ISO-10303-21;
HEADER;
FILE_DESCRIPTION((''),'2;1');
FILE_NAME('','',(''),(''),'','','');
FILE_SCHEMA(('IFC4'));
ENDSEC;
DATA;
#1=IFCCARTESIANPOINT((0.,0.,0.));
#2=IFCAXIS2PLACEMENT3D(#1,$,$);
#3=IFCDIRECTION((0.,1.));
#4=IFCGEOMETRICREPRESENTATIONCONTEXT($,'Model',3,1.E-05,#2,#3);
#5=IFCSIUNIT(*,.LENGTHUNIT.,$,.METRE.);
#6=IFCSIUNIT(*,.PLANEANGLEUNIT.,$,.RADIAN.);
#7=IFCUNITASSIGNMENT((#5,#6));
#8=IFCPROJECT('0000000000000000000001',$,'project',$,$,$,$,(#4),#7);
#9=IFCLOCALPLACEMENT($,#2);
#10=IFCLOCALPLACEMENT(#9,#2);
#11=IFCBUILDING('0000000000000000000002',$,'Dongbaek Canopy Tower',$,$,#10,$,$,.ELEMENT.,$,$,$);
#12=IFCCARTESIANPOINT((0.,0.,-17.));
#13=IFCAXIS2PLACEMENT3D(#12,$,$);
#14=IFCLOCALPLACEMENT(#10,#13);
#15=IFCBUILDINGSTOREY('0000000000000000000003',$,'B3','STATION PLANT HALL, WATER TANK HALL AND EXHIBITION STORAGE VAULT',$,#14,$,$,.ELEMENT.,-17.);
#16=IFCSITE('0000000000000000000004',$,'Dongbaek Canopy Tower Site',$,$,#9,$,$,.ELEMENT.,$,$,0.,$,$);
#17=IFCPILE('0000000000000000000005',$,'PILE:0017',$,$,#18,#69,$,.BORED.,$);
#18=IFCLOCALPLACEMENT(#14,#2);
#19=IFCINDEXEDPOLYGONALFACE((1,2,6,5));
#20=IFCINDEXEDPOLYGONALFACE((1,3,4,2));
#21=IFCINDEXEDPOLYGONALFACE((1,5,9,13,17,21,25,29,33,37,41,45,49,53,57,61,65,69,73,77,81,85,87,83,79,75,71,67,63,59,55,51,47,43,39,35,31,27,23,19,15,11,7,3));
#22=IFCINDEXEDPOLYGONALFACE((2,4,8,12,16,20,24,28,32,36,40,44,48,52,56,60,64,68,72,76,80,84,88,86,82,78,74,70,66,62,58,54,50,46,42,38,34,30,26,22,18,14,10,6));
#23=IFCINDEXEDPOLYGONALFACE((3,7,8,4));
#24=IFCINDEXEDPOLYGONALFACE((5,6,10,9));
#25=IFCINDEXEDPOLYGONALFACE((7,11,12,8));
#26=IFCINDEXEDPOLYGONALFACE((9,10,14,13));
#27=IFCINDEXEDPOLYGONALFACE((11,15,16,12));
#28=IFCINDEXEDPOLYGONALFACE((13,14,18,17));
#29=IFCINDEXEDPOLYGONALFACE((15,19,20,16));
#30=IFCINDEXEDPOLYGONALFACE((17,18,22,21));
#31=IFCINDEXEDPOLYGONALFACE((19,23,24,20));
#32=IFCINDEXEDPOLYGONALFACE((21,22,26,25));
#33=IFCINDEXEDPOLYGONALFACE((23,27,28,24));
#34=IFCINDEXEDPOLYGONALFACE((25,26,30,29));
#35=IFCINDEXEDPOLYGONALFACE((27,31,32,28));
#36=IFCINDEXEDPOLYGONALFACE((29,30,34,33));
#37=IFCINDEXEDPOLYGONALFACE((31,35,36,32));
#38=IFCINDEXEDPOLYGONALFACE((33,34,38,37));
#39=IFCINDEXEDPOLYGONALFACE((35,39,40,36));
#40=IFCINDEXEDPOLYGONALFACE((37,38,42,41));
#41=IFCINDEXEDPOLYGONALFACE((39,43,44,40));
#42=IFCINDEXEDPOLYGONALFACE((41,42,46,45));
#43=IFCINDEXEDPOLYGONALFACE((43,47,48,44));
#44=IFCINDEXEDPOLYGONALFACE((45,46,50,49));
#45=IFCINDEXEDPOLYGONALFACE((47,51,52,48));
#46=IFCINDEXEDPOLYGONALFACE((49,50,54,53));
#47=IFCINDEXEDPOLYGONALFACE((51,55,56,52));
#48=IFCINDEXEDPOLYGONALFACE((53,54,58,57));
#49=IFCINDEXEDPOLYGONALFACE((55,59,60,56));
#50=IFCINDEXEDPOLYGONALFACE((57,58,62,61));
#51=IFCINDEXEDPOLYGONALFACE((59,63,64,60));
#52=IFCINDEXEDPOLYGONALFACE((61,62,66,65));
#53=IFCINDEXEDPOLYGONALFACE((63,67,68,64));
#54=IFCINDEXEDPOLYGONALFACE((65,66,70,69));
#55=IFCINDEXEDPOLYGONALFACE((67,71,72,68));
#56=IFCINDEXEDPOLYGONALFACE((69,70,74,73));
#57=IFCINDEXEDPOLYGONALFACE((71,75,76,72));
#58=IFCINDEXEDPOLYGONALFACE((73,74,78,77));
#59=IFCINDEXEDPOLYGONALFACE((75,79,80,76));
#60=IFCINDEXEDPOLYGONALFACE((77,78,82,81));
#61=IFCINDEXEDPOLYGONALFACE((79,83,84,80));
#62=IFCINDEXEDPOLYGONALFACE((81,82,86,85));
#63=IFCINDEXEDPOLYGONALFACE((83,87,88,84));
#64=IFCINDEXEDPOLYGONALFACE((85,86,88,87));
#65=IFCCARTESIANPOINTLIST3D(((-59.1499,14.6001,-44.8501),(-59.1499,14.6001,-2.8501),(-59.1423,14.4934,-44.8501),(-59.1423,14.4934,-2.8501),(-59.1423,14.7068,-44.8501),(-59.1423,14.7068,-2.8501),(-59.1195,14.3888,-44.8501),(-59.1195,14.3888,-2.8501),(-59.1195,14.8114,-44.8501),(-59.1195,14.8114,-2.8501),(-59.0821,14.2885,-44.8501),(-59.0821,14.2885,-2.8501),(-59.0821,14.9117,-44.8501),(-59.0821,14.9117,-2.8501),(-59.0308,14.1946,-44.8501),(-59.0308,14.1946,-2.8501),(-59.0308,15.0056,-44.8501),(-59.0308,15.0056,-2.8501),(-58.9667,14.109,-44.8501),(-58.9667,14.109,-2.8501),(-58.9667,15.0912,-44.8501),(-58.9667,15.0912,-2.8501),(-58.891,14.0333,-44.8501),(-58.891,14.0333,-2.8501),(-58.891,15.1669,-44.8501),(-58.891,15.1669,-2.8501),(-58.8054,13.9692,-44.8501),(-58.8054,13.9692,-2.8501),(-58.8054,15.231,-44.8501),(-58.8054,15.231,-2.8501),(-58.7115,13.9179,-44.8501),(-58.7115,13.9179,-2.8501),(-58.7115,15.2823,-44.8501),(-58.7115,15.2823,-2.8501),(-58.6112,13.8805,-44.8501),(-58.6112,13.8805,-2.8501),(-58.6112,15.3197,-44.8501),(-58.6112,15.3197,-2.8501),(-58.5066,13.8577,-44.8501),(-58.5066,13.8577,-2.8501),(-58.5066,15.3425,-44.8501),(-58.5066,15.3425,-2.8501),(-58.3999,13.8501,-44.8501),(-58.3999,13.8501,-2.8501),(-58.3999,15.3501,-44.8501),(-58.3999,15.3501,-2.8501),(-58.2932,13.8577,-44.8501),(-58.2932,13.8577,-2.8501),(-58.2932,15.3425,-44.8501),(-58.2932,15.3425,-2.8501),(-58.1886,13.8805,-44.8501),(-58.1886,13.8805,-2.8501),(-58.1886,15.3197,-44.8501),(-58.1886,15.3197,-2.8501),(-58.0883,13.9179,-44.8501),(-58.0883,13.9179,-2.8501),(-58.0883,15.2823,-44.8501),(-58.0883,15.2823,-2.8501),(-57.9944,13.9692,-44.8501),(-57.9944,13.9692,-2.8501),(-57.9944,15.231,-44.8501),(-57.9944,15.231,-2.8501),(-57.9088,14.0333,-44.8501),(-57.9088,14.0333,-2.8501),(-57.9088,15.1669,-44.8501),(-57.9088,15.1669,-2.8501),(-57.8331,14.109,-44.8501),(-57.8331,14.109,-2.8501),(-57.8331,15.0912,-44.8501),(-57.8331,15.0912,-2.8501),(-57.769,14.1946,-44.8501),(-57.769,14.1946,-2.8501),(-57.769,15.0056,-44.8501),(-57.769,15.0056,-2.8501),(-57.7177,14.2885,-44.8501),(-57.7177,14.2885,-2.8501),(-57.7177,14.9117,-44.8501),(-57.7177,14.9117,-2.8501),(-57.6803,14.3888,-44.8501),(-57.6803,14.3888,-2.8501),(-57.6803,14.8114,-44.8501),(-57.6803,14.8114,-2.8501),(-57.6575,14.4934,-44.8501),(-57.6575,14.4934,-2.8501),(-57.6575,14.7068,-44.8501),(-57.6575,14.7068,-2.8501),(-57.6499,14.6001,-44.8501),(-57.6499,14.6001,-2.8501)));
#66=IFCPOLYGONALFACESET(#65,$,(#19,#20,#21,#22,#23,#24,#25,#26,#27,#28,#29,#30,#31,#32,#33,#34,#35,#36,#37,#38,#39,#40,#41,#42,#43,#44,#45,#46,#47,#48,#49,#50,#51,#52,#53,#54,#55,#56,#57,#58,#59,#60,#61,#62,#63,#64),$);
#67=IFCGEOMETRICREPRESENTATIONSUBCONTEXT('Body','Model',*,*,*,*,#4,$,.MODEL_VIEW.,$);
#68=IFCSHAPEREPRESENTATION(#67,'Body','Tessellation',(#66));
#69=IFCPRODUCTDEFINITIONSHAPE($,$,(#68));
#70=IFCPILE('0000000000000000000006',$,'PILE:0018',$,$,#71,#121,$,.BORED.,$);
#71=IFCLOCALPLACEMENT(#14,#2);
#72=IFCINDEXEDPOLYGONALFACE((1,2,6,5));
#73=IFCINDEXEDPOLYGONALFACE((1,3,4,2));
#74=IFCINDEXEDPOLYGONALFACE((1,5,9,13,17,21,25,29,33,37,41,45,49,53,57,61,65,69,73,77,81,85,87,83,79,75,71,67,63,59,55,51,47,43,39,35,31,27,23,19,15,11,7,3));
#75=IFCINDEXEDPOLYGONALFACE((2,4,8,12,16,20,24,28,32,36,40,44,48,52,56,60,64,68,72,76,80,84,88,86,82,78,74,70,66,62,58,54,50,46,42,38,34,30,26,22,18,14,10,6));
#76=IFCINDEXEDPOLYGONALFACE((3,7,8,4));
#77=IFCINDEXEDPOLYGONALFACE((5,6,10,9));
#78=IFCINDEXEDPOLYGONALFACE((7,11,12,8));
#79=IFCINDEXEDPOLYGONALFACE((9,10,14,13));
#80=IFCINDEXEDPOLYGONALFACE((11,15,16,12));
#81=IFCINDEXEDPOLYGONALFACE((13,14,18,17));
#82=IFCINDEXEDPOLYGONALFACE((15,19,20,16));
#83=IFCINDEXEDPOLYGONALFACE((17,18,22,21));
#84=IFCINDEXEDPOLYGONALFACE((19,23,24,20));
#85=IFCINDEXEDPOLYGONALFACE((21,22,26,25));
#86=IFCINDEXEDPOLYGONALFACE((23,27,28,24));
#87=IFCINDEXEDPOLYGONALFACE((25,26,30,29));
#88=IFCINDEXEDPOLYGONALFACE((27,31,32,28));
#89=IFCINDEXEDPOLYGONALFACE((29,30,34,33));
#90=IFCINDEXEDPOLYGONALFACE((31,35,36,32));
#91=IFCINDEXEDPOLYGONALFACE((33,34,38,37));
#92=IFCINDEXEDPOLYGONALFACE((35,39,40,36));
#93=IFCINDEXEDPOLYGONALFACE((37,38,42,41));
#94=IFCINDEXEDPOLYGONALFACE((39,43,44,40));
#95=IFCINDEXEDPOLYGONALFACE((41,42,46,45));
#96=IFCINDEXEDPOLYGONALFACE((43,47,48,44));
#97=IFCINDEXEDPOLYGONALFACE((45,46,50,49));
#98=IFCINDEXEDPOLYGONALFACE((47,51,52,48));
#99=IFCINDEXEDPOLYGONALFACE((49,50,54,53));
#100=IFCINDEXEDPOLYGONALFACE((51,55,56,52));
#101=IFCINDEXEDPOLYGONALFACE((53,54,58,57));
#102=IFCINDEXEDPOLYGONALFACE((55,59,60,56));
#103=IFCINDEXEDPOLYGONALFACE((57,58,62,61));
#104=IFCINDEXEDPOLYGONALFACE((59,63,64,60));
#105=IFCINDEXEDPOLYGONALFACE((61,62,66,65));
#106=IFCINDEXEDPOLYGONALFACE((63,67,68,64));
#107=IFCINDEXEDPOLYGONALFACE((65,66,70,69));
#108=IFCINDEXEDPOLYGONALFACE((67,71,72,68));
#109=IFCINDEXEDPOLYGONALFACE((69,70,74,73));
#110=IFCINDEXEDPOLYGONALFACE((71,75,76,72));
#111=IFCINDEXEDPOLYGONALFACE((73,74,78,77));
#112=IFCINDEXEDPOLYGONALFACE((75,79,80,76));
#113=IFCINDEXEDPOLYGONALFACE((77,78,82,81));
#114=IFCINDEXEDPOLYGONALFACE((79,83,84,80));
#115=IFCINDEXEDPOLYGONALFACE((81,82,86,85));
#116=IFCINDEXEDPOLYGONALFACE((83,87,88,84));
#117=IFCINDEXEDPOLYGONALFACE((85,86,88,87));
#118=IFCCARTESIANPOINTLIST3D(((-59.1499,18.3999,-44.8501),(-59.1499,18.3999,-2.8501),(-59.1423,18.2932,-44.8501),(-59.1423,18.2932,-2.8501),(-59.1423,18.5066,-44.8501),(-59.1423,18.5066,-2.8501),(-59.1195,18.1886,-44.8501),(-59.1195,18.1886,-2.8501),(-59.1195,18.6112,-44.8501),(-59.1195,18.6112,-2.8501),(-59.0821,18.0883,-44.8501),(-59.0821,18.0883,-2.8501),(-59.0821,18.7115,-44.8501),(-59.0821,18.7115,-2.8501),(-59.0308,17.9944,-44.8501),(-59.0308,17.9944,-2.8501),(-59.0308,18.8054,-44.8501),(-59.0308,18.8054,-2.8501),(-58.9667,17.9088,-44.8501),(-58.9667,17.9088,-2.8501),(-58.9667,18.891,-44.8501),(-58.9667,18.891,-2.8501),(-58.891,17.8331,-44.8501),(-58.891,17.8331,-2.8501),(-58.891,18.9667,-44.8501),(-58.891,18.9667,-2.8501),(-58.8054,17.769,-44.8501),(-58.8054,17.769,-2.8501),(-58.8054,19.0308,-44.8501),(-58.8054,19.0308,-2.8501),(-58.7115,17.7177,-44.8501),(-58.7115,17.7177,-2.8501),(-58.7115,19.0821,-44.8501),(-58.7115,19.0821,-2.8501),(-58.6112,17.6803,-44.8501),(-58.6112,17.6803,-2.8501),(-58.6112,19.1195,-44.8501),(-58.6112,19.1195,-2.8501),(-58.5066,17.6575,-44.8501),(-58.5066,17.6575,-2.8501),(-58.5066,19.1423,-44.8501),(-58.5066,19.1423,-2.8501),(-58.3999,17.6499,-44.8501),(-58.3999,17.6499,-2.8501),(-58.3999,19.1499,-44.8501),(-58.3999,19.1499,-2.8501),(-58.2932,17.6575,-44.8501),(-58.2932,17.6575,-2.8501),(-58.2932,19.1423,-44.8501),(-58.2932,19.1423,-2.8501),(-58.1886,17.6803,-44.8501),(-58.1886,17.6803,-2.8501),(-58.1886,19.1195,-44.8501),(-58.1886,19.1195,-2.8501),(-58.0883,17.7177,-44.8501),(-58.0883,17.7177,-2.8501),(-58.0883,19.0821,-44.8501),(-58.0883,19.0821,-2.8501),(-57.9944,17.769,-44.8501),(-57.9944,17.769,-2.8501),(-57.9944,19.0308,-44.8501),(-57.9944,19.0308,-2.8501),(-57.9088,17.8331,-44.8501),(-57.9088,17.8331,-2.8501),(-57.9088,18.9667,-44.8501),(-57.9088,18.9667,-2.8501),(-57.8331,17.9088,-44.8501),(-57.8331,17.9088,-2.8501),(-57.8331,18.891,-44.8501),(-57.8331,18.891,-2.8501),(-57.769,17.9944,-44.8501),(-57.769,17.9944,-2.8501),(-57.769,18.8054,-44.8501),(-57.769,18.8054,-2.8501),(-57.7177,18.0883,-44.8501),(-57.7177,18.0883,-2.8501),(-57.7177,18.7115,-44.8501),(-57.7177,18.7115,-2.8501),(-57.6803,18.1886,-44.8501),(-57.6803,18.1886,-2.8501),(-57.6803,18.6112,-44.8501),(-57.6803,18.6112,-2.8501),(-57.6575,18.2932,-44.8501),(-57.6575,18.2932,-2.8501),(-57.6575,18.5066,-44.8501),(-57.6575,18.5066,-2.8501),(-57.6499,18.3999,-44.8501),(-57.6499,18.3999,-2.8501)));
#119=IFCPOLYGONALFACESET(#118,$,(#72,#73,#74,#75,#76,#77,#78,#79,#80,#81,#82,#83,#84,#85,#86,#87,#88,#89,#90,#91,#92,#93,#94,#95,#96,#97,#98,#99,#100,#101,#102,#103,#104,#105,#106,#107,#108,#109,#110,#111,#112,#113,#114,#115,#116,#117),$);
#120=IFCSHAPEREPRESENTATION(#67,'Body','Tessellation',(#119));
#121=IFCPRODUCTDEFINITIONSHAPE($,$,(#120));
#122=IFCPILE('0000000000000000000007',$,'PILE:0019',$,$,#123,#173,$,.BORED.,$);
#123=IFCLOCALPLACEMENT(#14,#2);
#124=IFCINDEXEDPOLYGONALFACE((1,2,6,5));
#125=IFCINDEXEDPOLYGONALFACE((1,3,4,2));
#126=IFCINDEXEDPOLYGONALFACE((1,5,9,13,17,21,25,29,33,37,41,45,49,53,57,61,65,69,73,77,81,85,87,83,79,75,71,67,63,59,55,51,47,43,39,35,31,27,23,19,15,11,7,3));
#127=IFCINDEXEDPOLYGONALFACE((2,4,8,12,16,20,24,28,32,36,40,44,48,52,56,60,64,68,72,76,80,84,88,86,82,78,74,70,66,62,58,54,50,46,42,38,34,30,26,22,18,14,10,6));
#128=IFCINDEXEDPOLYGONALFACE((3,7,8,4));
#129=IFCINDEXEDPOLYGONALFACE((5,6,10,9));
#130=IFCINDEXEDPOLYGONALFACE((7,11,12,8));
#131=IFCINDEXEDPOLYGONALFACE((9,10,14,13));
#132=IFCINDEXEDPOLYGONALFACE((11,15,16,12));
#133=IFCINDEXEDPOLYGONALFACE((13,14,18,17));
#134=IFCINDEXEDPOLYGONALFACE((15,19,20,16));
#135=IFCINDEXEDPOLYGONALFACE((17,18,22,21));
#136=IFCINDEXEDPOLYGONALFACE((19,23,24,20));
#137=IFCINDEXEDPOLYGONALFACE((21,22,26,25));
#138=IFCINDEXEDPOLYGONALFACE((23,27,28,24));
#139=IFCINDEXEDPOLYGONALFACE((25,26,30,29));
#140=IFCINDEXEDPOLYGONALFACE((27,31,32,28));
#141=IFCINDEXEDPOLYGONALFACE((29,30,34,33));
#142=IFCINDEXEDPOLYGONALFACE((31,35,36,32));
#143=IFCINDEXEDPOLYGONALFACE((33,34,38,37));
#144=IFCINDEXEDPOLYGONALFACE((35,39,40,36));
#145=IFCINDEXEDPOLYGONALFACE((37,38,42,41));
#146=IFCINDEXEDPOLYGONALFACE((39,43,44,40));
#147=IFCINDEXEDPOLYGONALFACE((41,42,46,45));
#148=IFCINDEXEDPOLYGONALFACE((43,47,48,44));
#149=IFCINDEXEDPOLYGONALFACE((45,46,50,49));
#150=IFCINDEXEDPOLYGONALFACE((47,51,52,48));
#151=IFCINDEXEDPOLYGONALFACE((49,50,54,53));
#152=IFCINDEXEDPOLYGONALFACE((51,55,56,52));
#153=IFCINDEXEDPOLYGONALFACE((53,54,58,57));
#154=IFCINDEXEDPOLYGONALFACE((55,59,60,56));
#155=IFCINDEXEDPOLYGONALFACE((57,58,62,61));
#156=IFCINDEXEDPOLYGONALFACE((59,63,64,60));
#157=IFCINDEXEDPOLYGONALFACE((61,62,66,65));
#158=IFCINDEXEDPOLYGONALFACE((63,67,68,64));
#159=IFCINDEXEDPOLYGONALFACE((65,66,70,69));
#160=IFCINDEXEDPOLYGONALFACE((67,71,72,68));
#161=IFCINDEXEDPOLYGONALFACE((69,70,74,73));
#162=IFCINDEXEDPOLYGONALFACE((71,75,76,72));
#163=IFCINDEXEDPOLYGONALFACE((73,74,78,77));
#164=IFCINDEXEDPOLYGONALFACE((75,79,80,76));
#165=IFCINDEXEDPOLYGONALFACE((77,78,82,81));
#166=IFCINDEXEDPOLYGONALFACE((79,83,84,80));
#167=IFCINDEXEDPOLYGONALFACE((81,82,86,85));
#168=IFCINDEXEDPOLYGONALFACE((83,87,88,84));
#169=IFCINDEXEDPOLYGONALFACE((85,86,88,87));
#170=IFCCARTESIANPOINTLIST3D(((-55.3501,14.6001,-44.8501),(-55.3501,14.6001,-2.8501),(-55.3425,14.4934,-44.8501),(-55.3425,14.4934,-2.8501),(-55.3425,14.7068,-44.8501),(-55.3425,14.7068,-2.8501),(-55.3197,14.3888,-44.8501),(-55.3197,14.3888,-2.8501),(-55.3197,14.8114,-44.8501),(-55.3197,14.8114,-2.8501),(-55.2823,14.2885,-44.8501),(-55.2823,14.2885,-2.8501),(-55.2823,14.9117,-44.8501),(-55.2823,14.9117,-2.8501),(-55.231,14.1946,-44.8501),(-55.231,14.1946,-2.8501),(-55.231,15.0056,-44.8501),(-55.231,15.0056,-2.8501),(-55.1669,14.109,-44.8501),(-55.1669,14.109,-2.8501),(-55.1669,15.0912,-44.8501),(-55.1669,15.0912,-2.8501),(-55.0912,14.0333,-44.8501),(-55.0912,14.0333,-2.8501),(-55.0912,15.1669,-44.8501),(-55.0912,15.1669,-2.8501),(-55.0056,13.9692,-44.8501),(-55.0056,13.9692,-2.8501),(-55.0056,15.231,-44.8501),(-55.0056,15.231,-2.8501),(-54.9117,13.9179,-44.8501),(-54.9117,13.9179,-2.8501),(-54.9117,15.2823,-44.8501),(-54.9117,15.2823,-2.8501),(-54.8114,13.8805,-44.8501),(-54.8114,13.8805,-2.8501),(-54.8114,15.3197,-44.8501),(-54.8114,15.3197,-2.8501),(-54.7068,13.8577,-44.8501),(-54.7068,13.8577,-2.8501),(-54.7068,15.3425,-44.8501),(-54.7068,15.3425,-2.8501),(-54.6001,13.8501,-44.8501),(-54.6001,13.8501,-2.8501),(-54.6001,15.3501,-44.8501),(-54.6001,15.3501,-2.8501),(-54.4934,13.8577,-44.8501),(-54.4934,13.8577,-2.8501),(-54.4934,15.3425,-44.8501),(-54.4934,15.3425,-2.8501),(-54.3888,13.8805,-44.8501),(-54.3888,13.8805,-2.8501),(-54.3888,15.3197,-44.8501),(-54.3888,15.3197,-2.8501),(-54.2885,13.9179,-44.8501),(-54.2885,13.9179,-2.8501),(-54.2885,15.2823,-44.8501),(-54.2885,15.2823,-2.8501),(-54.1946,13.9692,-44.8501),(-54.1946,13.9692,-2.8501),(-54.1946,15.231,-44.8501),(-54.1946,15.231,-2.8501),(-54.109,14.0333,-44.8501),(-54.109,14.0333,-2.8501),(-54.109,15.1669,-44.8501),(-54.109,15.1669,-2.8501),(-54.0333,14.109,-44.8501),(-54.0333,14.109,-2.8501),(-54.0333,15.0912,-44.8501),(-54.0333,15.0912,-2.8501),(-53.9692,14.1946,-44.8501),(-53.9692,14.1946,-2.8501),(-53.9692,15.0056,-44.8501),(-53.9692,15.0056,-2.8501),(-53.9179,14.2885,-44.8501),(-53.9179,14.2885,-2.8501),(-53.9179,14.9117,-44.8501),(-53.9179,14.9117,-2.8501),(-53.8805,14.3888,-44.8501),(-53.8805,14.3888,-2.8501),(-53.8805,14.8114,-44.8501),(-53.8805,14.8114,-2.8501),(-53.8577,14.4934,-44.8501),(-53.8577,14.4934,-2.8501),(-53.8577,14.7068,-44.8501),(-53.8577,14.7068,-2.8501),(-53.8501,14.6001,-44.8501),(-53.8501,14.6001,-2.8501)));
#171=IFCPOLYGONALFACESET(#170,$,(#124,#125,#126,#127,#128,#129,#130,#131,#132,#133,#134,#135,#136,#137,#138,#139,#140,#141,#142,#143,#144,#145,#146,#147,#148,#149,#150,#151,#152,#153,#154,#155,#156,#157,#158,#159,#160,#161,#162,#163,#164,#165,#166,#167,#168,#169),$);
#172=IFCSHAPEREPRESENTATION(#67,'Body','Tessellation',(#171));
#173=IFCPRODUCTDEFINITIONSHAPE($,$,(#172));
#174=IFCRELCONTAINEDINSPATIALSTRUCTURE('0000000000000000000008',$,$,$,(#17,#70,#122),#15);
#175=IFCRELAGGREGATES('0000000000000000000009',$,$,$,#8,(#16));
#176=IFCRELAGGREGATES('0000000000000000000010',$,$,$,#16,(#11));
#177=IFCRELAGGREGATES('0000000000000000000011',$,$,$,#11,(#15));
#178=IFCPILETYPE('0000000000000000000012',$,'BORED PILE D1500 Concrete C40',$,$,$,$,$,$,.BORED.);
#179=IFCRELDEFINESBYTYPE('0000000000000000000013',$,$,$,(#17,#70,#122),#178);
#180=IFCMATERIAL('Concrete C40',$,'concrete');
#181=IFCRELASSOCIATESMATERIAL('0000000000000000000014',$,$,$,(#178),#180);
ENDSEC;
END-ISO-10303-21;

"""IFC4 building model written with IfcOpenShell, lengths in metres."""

from ifc_helpers import new_model, si_unit, direction, frame, origin, origin_2d, place, context, subcontext, project, spatial, circle, extrude, material, material_profile, profile_set, type_object, element, save


model = new_model("IFC4")

# Units and contexts
model_context = context("Model", 3, precision=1e-05, world=origin(), true_north=direction((0.0, 1.0)))
body_context = subcontext(model_context, "Body", "Model", "MODEL_VIEW")
ifc_project = project(units=[si_unit("LENGTHUNIT", "METRE"), si_unit("PLANEANGLEUNIT", "RADIAN")], contexts=[model_context])

# Site, building, storey
site_placement = place(None, origin())
site = spatial("IfcSite", under=ifc_project, at=site_placement, Name="Dongbaek Canopy Tower Site", CompositionType="ELEMENT", RefElevation=0.0)
building_placement = place(site_placement, origin())
building = spatial("IfcBuilding", under=site, at=building_placement, Name="Dongbaek Canopy Tower", CompositionType="ELEMENT")
storey_placement = place(building_placement, frame((0.0, 0.0, -17.0)))
storey = spatial("IfcBuildingStorey", under=building, at=storey_placement, Name="B3", Description="STATION PLANT HALL, WATER TANK HALL AND EXHIBITION STORAGE VAULT", CompositionType="ELEMENT", Elevation=-17.0)

# Piles
ifc_material_1 = material(Name="Concrete C40", Category="concrete")
ifc_material_profile_1 = material_profile(ifc_material_1, circle(Radius=0.75, at=origin_2d()), Name="BORED PILE D1500 Concrete C40")
ifc_profile_set_1 = profile_set([ifc_material_profile_1], Name="Concrete C40")
pile_type = type_object("IfcPileType", Name="BORED PILE D1500 Concrete C40", PredefinedType="BORED", material=ifc_profile_set_1)
for number, where, z_axis, x_axis, name in (
    (1, (-58.3999, 14.6001, -2.8501), (0.0, 0.0, -1.0), (1.0, 0.0, 0.0), "PILE:0017"),
    (2, (-58.3999, 18.3999, -2.8501), (0.0, 0.0, -1.0), (1.0, 0.0, 0.0), "PILE:0018"),
    (3, (-54.6001, 14.6001, -2.8501), (0.0, 0.0, -1.0), (1.0, 0.0, 0.0), "PILE:0019"),
):
    element("IfcPile", number, at=place(storey_placement, frame(where, z_axis=z_axis, x_axis=x_axis)), inside=storey, type_object=pile_type, Name=name, PredefinedType="BORED", context=body_context, shape_type="SweptSolid", body=[
        extrude(circle(Radius=0.75, at=origin_2d()), origin(), (0.0, 0.0, 1.0), 42.0),
    ])

save(model, "model.ifc")
